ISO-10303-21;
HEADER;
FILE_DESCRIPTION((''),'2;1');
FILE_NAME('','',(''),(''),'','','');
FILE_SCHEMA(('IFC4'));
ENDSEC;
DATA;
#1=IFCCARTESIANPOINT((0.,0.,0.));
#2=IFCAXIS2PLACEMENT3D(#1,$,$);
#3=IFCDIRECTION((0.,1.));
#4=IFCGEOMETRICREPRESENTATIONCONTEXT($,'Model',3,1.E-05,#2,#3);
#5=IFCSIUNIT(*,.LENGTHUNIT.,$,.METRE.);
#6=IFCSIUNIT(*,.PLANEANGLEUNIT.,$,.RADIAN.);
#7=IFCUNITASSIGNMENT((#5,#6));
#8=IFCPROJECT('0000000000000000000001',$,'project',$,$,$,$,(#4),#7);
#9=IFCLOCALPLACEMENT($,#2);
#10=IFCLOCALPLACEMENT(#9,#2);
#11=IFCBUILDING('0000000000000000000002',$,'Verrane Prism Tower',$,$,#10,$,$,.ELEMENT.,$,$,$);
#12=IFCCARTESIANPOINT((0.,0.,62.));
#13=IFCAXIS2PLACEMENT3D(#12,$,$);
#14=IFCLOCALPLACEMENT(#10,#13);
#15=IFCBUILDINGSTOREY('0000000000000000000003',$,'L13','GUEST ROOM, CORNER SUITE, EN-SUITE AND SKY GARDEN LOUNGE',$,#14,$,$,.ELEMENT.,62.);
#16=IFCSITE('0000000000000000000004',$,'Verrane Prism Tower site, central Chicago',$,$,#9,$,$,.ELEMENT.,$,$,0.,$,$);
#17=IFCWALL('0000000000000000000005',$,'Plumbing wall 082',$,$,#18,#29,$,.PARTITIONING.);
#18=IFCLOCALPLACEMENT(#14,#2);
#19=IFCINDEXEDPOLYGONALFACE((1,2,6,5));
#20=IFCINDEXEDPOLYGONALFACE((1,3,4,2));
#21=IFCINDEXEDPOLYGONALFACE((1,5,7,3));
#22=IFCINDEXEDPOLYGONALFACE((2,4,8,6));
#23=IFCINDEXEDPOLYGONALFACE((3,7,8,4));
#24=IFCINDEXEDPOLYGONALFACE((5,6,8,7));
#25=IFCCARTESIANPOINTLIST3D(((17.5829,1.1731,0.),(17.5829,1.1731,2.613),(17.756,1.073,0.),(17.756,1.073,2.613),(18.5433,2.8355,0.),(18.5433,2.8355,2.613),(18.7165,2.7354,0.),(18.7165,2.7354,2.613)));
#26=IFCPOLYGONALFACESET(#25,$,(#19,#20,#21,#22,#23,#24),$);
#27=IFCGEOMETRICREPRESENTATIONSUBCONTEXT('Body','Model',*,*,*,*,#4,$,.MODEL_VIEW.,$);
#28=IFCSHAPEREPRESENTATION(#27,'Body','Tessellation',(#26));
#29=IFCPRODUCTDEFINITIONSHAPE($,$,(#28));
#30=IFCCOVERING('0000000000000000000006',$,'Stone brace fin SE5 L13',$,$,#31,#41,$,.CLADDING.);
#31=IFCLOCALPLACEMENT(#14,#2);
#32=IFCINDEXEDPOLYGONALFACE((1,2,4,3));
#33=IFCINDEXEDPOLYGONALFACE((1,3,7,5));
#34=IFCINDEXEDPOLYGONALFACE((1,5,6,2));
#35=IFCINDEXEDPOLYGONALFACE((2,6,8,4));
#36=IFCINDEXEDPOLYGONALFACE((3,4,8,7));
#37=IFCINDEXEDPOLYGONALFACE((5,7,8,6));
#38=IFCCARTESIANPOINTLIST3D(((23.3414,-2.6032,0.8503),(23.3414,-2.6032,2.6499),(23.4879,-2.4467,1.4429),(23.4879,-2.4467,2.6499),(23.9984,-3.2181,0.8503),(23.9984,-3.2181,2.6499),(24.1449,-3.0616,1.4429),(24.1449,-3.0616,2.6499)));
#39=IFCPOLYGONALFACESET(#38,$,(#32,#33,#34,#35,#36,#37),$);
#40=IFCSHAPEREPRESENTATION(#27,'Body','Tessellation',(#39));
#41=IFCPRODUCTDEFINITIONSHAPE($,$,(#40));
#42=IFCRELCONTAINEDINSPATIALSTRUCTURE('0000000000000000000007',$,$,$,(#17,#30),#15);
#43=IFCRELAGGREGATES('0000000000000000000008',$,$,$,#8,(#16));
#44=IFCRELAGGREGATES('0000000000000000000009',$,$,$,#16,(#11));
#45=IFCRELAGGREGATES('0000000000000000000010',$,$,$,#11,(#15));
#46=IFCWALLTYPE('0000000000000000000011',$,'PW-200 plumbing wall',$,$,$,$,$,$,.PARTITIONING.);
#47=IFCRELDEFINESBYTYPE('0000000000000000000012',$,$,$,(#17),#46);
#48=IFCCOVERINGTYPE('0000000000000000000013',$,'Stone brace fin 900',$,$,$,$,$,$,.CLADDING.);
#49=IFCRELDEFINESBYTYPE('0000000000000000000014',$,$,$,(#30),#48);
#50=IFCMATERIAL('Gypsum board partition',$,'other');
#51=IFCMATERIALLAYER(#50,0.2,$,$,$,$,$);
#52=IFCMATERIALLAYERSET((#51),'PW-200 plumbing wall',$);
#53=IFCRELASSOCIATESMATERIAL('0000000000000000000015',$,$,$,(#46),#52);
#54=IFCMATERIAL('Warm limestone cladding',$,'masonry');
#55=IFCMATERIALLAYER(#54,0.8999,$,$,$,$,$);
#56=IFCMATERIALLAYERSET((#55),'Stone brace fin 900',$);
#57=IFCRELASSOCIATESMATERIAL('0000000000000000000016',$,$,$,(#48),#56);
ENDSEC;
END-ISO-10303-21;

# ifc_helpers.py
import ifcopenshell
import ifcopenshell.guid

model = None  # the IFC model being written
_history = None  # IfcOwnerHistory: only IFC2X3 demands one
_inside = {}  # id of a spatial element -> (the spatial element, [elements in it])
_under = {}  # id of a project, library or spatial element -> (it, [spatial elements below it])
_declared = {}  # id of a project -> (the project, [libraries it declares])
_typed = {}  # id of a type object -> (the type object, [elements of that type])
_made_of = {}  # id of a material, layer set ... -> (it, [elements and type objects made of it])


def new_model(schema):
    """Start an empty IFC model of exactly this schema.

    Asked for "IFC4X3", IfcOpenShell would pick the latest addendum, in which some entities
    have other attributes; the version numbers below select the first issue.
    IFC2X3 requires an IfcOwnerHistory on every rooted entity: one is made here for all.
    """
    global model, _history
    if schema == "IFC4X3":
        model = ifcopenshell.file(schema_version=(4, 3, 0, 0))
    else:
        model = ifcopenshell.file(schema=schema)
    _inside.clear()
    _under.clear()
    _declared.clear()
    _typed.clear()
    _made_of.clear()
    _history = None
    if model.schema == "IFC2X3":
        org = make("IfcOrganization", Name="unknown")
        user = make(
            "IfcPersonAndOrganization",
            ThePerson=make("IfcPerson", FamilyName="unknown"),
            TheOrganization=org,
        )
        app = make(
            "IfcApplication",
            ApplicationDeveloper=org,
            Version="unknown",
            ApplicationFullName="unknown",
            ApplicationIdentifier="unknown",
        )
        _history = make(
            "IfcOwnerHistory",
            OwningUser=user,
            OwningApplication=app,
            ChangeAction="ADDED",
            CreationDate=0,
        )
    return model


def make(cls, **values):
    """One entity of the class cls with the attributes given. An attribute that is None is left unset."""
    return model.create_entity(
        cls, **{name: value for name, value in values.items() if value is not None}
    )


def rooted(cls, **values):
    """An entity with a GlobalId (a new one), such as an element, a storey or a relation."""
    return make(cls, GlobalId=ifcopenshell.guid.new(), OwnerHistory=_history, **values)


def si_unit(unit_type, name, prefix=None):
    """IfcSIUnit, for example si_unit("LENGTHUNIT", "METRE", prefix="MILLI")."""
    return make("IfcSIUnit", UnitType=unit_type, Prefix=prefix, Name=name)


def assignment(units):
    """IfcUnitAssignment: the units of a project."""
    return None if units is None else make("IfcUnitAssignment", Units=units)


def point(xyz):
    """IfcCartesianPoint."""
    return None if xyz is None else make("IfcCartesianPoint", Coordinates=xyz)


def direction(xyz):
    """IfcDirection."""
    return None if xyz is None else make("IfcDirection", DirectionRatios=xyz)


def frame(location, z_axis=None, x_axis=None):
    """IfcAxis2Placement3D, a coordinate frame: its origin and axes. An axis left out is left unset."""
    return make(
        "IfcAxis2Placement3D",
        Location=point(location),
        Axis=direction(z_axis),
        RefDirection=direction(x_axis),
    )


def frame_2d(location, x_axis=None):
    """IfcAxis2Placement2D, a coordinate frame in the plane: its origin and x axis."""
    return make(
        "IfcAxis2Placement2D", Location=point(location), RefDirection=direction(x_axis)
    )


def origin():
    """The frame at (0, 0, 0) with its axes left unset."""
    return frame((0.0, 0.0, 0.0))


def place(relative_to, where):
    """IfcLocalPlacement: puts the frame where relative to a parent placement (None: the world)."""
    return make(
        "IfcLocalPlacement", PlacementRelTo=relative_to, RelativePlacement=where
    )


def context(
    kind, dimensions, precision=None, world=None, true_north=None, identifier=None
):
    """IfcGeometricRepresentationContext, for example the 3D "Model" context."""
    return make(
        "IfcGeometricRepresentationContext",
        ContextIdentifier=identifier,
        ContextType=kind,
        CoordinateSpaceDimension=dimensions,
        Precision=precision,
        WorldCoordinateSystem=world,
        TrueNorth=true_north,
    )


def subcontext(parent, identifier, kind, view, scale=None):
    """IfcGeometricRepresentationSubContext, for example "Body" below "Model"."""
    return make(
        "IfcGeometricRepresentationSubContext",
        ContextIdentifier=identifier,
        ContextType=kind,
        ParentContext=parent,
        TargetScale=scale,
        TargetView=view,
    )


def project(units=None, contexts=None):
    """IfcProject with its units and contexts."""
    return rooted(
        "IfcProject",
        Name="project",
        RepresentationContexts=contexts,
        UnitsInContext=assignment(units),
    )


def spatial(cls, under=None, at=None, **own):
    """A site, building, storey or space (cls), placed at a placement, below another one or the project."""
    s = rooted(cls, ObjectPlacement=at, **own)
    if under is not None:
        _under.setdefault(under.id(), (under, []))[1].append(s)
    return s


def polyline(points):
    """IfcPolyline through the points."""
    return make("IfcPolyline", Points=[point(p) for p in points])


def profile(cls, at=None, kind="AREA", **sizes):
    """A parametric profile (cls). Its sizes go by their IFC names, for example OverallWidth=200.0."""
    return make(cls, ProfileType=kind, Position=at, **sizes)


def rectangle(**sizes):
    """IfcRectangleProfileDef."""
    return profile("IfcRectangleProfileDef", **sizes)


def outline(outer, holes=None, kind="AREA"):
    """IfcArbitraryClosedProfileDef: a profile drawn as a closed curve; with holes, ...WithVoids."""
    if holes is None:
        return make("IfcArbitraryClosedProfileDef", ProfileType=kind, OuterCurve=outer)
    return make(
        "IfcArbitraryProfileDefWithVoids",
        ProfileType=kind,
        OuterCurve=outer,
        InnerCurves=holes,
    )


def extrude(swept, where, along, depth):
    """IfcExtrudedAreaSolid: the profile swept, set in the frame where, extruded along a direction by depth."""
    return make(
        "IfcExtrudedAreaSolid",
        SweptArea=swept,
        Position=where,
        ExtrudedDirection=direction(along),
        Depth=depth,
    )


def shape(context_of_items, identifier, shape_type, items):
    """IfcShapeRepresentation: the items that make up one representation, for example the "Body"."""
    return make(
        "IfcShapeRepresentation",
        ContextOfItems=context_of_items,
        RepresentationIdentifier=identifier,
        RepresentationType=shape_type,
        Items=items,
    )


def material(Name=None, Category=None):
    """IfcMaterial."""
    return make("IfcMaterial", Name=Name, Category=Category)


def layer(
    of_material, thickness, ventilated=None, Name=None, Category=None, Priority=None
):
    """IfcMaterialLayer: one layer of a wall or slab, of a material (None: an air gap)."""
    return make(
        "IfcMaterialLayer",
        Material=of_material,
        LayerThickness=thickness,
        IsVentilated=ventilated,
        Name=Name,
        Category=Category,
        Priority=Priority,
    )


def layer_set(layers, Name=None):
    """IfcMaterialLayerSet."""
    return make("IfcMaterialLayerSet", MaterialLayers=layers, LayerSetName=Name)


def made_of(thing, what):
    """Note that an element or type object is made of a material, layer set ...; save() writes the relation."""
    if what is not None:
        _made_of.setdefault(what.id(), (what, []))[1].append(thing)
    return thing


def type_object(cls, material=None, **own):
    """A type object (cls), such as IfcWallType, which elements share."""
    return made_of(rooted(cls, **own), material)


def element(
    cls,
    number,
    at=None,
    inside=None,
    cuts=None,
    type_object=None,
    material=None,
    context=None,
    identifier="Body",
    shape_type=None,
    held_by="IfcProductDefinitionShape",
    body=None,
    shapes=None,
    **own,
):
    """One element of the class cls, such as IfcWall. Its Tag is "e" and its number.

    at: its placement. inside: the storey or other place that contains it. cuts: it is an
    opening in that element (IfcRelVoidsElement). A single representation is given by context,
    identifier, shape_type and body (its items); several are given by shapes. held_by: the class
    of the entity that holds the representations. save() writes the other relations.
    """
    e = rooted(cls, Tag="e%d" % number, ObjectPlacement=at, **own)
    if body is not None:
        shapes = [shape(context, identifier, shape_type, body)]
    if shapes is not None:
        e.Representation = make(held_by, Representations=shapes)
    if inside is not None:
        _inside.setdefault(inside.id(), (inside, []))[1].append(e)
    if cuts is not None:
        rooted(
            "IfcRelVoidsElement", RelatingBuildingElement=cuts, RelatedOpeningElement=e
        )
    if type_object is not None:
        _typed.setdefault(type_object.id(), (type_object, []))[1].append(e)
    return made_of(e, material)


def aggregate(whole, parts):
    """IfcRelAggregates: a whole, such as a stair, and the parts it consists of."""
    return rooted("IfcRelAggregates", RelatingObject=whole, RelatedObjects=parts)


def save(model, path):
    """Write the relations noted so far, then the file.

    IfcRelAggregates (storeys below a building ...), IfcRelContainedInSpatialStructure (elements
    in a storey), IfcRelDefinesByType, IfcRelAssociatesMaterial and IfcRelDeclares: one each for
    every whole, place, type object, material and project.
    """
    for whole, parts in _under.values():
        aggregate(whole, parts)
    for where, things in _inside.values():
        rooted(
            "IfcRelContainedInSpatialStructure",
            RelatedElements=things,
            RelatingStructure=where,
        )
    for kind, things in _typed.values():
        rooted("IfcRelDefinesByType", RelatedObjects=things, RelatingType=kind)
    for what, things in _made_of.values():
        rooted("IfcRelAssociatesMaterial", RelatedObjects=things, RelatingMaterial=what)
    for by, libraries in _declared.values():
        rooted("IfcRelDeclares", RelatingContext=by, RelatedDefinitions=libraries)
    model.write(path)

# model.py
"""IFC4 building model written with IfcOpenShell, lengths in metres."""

from ifc_helpers import new_model, si_unit, direction, frame, frame_2d, origin, place, context, subcontext, project, spatial, polyline, rectangle, outline, extrude, material, layer, layer_set, type_object, element, save


model = new_model("IFC4")

# Units and contexts
model_context = context("Model", 3, precision=1e-05, world=origin(), true_north=direction((0.0, 1.0)))
body_context = subcontext(model_context, "Body", "Model", "MODEL_VIEW")
ifc_project = project(units=[si_unit("LENGTHUNIT", "METRE"), si_unit("PLANEANGLEUNIT", "RADIAN")], contexts=[model_context])

# Site, building, storey
site_placement = place(None, origin())
site = spatial("IfcSite", under=ifc_project, at=site_placement, Name="Verrane Prism Tower site, central Chicago", CompositionType="ELEMENT", RefElevation=0.0)
building_placement = place(site_placement, origin())
building = spatial("IfcBuilding", under=site, at=building_placement, Name="Verrane Prism Tower", CompositionType="ELEMENT")
storey_placement = place(building_placement, frame((0.0, 0.0, 62.0)))
storey = spatial("IfcBuildingStorey", under=building, at=storey_placement, Name="L13", Description="GUEST ROOM, CORNER SUITE, EN-SUITE AND SKY GARDEN LOUNGE", CompositionType="ELEMENT", Elevation=62.0)

# Shared definitions
ifc_material_1 = material(Name="Gypsum board partition", Category="other")
ifc_layer_1 = layer(ifc_material_1, 0.2)
ifc_layer_set_1 = layer_set([ifc_layer_1], Name="PW-200 plumbing wall")
wall_type_1 = type_object("IfcWallType", Name="PW-200 plumbing wall", PredefinedType="PARTITIONING", material=ifc_layer_set_1)

# Wall
wall_1_placement = place(storey_placement, frame((17.6694, 1.123, 0.0), z_axis=(0.0, 0.0, 1.0), x_axis=(0.500269, 0.86587, 0.0)))
element("IfcWall", 1, at=wall_1_placement, inside=storey, type_object=wall_type_1, Name="Plumbing wall 082", PredefinedType="PARTITIONING", context=body_context, shape_type="SweptSolid", body=[
    extrude(rectangle(XDim=1.9199, YDim=0.2, at=frame_2d((0.96, 0.0))), origin(), (0.0, 0.0, 1.0), 2.613),
])

# Covering
ifc_material_2 = material(Name="Warm limestone cladding", Category="masonry")
ifc_layer_2 = layer(ifc_material_2, 0.8999)
ifc_layer_set_2 = layer_set([ifc_layer_2], Name="Stone brace fin 900")
covering_type = type_object("IfcCoveringType", Name="Stone brace fin 900", PredefinedType="CLADDING", material=ifc_layer_set_2)
covering_placement = place(storey_placement, frame((23.6699, -2.9106, 0.8503), z_axis=(0.0, 0.0, 1.0), x_axis=(0.683373, 0.73007, 0.0)))
element("IfcCovering", 2, at=covering_placement, inside=storey, type_object=covering_type, Name="Stone brace fin SE5 L13", PredefinedType="CLADDING", context=body_context, shape_type="SweptSolid", body=[
    extrude(outline(polyline([(0.2144, 1.7996), (0.0, 1.7996), (0.0, 0.0), (0.2144, 0.5925), (0.2144, 1.7996)])), frame((0.0, 0.45, 0.0), z_axis=(0.0, -1.0, 0.0), x_axis=(1.0, 0.0, 0.0)), (0.0, 0.0, 1.0), 0.8999),
])

save(model, "model.ifc")
